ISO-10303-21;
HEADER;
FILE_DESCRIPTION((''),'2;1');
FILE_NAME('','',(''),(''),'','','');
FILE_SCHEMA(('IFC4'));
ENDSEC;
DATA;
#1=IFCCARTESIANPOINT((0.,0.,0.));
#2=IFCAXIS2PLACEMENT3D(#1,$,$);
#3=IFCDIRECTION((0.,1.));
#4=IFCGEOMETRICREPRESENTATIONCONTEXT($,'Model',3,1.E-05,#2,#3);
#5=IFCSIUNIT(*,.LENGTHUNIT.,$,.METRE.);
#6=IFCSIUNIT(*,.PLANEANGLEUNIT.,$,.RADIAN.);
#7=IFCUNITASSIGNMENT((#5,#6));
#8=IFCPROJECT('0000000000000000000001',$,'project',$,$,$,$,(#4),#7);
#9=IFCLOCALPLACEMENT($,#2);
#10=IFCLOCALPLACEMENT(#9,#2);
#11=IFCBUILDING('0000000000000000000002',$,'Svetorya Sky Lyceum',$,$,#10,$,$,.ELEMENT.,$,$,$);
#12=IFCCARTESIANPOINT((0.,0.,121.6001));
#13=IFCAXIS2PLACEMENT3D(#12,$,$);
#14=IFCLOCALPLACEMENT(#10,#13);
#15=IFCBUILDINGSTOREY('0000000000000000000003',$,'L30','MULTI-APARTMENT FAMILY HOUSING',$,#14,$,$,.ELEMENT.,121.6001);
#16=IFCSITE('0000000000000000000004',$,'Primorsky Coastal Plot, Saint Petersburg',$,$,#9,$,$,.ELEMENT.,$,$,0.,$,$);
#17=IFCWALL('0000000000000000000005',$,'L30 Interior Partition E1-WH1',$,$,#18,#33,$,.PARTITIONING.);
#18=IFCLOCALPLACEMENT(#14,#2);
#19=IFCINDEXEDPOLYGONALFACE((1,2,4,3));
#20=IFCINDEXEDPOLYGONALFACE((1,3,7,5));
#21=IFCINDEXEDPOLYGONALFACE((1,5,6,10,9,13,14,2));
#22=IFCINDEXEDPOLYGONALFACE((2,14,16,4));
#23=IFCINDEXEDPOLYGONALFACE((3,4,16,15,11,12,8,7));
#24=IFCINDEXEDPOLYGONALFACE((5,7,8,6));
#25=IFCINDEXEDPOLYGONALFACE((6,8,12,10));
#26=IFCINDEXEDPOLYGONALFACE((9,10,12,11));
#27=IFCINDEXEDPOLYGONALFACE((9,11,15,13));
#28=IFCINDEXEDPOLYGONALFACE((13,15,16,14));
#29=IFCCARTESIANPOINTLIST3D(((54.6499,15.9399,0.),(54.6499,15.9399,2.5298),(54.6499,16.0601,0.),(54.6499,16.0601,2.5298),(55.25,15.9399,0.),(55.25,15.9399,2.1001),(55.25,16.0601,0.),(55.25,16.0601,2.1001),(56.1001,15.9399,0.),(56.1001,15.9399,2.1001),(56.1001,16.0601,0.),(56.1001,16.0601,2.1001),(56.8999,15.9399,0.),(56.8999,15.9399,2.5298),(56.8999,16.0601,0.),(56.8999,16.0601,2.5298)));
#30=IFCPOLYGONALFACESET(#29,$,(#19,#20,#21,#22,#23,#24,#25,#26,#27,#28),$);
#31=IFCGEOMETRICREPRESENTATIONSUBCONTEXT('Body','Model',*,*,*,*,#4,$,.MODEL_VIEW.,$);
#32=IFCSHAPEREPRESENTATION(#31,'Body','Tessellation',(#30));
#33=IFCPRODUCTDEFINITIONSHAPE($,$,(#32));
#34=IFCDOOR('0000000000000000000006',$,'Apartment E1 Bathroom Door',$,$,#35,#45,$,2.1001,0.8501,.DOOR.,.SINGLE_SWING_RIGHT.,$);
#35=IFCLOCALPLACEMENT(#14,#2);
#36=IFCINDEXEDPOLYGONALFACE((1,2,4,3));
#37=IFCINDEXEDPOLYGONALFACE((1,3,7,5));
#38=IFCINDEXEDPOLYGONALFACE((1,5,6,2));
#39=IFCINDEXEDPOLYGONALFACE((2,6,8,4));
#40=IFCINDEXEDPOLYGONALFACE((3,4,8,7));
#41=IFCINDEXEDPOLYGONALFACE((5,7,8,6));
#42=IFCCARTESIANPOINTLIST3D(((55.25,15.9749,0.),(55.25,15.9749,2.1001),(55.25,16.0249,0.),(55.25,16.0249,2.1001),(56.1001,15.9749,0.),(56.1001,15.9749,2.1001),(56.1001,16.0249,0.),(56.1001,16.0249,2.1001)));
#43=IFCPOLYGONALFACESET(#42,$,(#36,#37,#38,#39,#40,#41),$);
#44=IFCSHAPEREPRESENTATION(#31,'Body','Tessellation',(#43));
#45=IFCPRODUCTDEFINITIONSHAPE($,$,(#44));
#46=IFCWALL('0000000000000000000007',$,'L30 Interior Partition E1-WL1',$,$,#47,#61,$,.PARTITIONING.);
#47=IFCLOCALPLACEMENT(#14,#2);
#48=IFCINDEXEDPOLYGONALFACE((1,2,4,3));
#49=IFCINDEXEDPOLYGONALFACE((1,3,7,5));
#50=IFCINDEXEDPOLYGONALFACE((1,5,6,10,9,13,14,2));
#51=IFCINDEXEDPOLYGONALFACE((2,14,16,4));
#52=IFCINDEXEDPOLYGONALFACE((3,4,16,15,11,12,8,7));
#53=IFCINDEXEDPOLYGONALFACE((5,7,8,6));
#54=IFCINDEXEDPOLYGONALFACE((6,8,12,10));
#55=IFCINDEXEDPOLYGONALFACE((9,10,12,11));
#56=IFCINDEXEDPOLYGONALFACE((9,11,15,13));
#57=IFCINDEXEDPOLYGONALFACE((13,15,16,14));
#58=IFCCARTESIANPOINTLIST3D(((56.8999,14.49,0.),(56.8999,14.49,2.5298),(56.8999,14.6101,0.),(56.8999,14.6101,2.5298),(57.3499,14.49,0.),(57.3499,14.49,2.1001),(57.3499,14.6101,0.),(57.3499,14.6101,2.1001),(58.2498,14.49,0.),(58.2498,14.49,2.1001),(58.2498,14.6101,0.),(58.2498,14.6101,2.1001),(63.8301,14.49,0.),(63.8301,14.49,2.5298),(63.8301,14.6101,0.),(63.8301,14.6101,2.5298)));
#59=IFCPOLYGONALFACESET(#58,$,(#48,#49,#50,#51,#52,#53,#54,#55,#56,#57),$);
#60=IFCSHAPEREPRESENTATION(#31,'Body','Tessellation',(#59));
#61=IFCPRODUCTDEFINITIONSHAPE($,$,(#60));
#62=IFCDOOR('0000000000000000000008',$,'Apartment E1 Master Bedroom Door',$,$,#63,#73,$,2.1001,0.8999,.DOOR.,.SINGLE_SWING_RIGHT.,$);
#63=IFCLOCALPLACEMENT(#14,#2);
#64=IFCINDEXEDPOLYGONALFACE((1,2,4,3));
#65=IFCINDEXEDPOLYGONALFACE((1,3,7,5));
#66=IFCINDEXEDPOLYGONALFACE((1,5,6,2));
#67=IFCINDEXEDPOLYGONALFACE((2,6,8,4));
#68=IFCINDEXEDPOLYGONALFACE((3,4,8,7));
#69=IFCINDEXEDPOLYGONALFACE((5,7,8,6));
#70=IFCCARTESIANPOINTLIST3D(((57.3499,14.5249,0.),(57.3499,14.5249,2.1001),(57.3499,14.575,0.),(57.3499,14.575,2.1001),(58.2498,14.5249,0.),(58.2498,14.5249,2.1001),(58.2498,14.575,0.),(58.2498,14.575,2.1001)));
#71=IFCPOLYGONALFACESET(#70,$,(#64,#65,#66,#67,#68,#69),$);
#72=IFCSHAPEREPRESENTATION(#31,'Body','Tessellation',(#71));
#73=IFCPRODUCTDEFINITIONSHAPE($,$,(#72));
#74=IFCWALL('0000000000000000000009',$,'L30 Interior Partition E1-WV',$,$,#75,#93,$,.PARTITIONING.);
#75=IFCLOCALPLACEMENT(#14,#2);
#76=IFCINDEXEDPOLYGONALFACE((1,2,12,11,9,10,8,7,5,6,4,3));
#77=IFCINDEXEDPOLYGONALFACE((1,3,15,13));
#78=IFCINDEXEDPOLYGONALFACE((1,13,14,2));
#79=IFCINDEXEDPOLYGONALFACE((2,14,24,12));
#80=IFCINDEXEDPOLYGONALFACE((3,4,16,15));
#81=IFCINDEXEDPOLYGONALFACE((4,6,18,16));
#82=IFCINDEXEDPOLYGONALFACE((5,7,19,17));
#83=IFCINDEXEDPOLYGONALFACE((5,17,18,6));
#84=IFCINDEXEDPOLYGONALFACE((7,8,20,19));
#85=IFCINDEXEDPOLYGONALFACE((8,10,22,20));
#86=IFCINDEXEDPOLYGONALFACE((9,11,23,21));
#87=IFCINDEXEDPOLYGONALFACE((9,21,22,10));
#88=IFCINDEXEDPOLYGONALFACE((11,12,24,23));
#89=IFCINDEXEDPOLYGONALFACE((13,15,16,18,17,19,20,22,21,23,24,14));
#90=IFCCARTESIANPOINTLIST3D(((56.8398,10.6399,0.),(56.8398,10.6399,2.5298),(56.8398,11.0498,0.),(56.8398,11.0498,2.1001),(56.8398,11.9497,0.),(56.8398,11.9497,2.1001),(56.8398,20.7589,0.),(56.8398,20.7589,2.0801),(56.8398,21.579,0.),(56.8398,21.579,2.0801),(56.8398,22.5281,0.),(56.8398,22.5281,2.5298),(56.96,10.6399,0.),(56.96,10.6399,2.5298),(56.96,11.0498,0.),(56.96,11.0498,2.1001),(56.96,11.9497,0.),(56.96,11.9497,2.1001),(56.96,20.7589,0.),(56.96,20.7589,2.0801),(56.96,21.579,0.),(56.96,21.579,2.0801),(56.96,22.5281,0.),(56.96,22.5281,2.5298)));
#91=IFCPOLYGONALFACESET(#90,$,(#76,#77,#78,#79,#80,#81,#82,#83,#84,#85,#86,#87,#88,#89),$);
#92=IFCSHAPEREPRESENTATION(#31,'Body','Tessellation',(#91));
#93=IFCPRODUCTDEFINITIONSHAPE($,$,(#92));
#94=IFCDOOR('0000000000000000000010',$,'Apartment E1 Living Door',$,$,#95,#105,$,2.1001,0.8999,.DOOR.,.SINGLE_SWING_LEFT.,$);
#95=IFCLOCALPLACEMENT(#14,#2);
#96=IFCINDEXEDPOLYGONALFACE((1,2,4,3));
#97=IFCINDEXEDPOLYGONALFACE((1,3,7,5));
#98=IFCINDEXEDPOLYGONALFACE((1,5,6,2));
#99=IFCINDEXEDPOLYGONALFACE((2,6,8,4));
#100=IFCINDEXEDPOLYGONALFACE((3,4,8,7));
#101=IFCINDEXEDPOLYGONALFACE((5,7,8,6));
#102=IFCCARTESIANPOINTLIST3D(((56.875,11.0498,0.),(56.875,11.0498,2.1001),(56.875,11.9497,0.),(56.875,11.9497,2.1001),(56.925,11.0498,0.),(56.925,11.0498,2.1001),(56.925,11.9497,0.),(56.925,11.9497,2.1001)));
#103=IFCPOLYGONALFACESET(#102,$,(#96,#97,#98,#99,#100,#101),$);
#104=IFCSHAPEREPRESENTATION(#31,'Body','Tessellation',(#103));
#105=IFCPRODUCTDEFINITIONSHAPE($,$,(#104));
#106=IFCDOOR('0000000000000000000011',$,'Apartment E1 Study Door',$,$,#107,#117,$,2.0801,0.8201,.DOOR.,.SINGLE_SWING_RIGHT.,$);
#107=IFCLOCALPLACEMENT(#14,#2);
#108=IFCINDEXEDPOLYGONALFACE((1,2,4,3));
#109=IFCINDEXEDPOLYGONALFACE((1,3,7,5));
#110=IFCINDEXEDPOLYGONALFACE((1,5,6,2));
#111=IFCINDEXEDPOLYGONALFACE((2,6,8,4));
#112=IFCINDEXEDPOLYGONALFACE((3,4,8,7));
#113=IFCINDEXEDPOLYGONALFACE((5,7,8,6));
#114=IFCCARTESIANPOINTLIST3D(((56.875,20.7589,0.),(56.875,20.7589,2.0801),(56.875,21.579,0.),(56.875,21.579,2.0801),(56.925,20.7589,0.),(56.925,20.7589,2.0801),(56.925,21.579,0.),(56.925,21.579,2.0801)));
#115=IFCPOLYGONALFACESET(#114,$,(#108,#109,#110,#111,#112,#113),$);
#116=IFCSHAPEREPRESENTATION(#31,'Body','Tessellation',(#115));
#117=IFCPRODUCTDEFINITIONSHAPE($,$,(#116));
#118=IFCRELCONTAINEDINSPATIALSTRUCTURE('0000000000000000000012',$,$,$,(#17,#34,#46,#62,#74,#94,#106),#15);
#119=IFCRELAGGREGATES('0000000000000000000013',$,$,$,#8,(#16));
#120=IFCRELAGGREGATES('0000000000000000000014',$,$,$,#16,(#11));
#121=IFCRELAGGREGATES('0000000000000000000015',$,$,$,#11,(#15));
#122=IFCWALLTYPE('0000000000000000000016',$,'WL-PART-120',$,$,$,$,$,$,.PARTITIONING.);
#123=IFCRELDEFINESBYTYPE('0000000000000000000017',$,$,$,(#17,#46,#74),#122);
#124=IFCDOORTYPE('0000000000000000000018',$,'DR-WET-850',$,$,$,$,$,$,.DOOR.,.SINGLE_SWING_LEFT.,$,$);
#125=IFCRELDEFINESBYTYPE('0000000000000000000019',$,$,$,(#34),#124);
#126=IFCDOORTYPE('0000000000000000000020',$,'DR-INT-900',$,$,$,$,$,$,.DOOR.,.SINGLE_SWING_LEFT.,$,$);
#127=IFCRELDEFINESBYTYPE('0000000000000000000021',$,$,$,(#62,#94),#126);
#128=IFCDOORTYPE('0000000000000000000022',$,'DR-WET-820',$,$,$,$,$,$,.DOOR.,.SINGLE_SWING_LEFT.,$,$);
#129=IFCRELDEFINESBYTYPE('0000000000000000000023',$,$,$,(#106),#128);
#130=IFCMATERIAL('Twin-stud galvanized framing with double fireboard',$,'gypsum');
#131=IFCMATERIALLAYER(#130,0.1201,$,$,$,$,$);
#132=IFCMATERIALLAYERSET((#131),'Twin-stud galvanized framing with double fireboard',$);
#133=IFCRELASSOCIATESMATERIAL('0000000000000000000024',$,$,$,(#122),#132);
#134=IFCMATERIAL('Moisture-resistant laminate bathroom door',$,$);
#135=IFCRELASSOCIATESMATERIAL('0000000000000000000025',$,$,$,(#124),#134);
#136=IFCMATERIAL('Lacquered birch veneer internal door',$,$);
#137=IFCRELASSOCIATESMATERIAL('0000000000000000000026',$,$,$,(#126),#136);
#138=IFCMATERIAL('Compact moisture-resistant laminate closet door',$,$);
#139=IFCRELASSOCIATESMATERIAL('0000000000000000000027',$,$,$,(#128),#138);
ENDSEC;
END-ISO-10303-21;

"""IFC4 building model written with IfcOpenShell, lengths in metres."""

from ifc_helpers import new_model, si_unit, direction, frame, frame_2d, origin, place, context, subcontext, project, spatial, rectangle, extrude, material, layer, layer_set, type_object, element, fill, save


model = new_model("IFC4")

# Units and contexts
model_context = context("Model", 3, precision=1e-05, world=origin(), true_north=direction((0.0, 1.0)))
body_context = subcontext(model_context, "Body", "Model", "MODEL_VIEW")
ifc_project = project(units=[si_unit("LENGTHUNIT", "METRE"), si_unit("PLANEANGLEUNIT", "RADIAN")], contexts=[model_context])

# Site, building, storey
site_placement = place(None, origin())
site = spatial("IfcSite", under=ifc_project, at=site_placement, Name="Primorsky Coastal Plot, Saint Petersburg", CompositionType="ELEMENT", RefElevation=0.0)
building_placement = place(site_placement, origin())
building = spatial("IfcBuilding", under=site, at=building_placement, Name="Svetorya Sky Lyceum", CompositionType="ELEMENT")
storey_placement = place(building_placement, frame((0.0, 0.0, 121.6001)))
storey = spatial("IfcBuildingStorey", under=building, at=storey_placement, Name="L30", Description="MULTI-APARTMENT FAMILY HOUSING", CompositionType="ELEMENT", Elevation=121.6001)

# Walls, openings, doors
ifc_material_1 = material(Name="Twin-stud galvanized framing with double fireboard", Category="gypsum")
ifc_layer_1 = layer(ifc_material_1, 0.1201)
ifc_layer_set_1 = layer_set([ifc_layer_1], Name="Twin-stud galvanized framing with double fireboard")
wall_type_1 = type_object("IfcWallType", Name="WL-PART-120", PredefinedType="PARTITIONING", material=ifc_layer_set_1)
wall_1_placement = place(storey_placement, frame((54.6499, 16.0, 0.0), z_axis=(0.0, 0.0, 1.0), x_axis=(1.0, 0.0, 0.0)))
wall_1 = element("IfcWall", 1, at=wall_1_placement, inside=storey, type_object=wall_type_1, Name="L30 Interior Partition E1-WH1", PredefinedType="PARTITIONING", context=body_context, shape_type="SweptSolid", body=[
    extrude(rectangle(XDim=2.25, YDim=0.1201, at=frame_2d((1.125, 0.0))), origin(), (0.0, 0.0, 1.0), 2.5298),
])
opening_1_placement = place(wall_1_placement, frame((0.6001, 0.0, 0.0)))
opening_1 = element("IfcOpeningElement", 2, at=opening_1_placement, cuts=wall_1, PredefinedType="OPENING", context=body_context, shape_type="SweptSolid", body=[
    extrude(rectangle(XDim=0.8501, YDim=2.1001, at=frame_2d((0.425, 1.05))), frame((0.0, 0.0701, 0.0), z_axis=(0.0, -1.0, 0.0), x_axis=(1.0, 0.0, 0.0)), (0.0, 0.0, 1.0), 0.1401),
])
ifc_material_2 = material(Name="Moisture-resistant laminate bathroom door")
door_type_1 = type_object("IfcDoorType", Name="DR-WET-850", OperationType="SINGLE_SWING_LEFT", PredefinedType="DOOR", material=ifc_material_2)
door_1_placement = place(opening_1_placement, origin())
door_1 = element("IfcDoor", 3, at=door_1_placement, inside=storey, type_object=door_type_1, Name="Apartment E1 Bathroom Door", OperationType="SINGLE_SWING_RIGHT", OverallHeight=2.1001, OverallWidth=0.8501, PredefinedType="DOOR", context=body_context, shape_type="SweptSolid", body=[
    extrude(rectangle(XDim=0.8501, YDim=2.1001, at=frame_2d((0.425, 1.05))), frame((0.0, 0.0249, 0.0), z_axis=(0.0, -1.0, 0.0), x_axis=(1.0, 0.0, 0.0)), (0.0, 0.0, 1.0), 0.05),
])
fill(opening_1, door_1)
wall_2_placement = place(storey_placement, frame((56.8999, 14.55, 0.0), z_axis=(0.0, 0.0, 1.0), x_axis=(1.0, 0.0, 0.0)))
wall_2 = element("IfcWall", 4, at=wall_2_placement, inside=storey, type_object=wall_type_1, Name="L30 Interior Partition E1-WL1", PredefinedType="PARTITIONING", context=body_context, shape_type="SweptSolid", body=[
    extrude(rectangle(XDim=6.9302, YDim=0.1201, at=frame_2d((3.4651, 0.0))), origin(), (0.0, 0.0, 1.0), 2.5298),
])
opening_2_placement = place(wall_2_placement, frame((0.45, 0.0, 0.0)))
opening_2 = element("IfcOpeningElement", 5, at=opening_2_placement, cuts=wall_2, PredefinedType="OPENING", context=body_context, shape_type="SweptSolid", body=[
    extrude(rectangle(XDim=0.8999, YDim=2.1001, at=frame_2d((0.45, 1.05))), frame((0.0, 0.0701, 0.0), z_axis=(0.0, -1.0, 0.0), x_axis=(1.0, 0.0, 0.0)), (0.0, 0.0, 1.0), 0.1401),
])
ifc_material_3 = material(Name="Lacquered birch veneer internal door")
door_type_2 = type_object("IfcDoorType", Name="DR-INT-900", OperationType="SINGLE_SWING_LEFT", PredefinedType="DOOR", material=ifc_material_3)
door_2_placement = place(opening_2_placement, origin())
door_2 = element("IfcDoor", 6, at=door_2_placement, inside=storey, type_object=door_type_2, Name="Apartment E1 Master Bedroom Door", OperationType="SINGLE_SWING_RIGHT", OverallHeight=2.1001, OverallWidth=0.8999, PredefinedType="DOOR", context=body_context, shape_type="SweptSolid", body=[
    extrude(rectangle(XDim=0.8999, YDim=2.1001, at=frame_2d((0.45, 1.05))), frame((0.0, 0.0249, 0.0), z_axis=(0.0, -1.0, 0.0), x_axis=(1.0, 0.0, 0.0)), (0.0, 0.0, 1.0), 0.05),
])
fill(opening_2, door_2)

# Wall, openings, doors
wall_3_placement = place(storey_placement, frame((56.8999, 10.6399, 0.0), z_axis=(0.0, 0.0, 1.0), x_axis=(0.0, 1.0, 0.0)))
wall_3 = element("IfcWall", 7, at=wall_3_placement, inside=storey, type_object=wall_type_1, Name="L30 Interior Partition E1-WV", PredefinedType="PARTITIONING", context=body_context, shape_type="SweptSolid", body=[
    extrude(rectangle(XDim=11.8882, YDim=0.1201, at=frame_2d((5.9441, 0.0))), origin(), (0.0, 0.0, 1.0), 2.5298),
])
opening_3_placement = place(wall_3_placement, frame((0.4099, 0.0, 0.0)))
opening_3 = element("IfcOpeningElement", 8, at=opening_3_placement, cuts=wall_3, PredefinedType="OPENING", context=body_context, shape_type="SweptSolid", body=[
    extrude(rectangle(XDim=0.8999, YDim=2.1001, at=frame_2d((0.45, 1.05))), frame((0.0, 0.0701, 0.0), z_axis=(0.0, -1.0, 0.0), x_axis=(1.0, 0.0, 0.0)), (0.0, 0.0, 1.0), 0.1401),
])
opening_4_placement = place(wall_3_placement, frame((10.1189, 0.0, 0.0)))
opening_4 = element("IfcOpeningElement", 9, at=opening_4_placement, cuts=wall_3, PredefinedType="OPENING", context=body_context, shape_type="SweptSolid", body=[
    extrude(rectangle(XDim=0.8201, YDim=2.0801, at=frame_2d((0.4102, 1.04))), frame((0.0, 0.0701, 0.0), z_axis=(0.0, -1.0, 0.0), x_axis=(1.0, 0.0, 0.0)), (0.0, 0.0, 1.0), 0.1401),
])
door_3_placement = place(opening_3_placement, origin())
door_3 = element("IfcDoor", 10, at=door_3_placement, inside=storey, type_object=door_type_2, Name="Apartment E1 Living Door", OperationType="SINGLE_SWING_LEFT", OverallHeight=2.1001, OverallWidth=0.8999, PredefinedType="DOOR", context=body_context, shape_type="SweptSolid", body=[
    extrude(rectangle(XDim=0.8999, YDim=2.1001, at=frame_2d((0.45, 1.05))), frame((0.0, 0.0249, 0.0), z_axis=(0.0, -1.0, 0.0), x_axis=(1.0, 0.0, 0.0)), (0.0, 0.0, 1.0), 0.05),
])
fill(opening_3, door_3)
ifc_material_4 = material(Name="Compact moisture-resistant laminate closet door")
door_type_3 = type_object("IfcDoorType", Name="DR-WET-820", OperationType="SINGLE_SWING_LEFT", PredefinedType="DOOR", material=ifc_material_4)
door_4_placement = place(opening_4_placement, origin())
door_4 = element("IfcDoor", 11, at=door_4_placement, inside=storey, type_object=door_type_3, Name="Apartment E1 Study Door", OperationType="SINGLE_SWING_RIGHT", OverallHeight=2.0801, OverallWidth=0.8201, PredefinedType="DOOR", context=body_context, shape_type="SweptSolid", body=[
    extrude(rectangle(XDim=0.8201, YDim=2.0801, at=frame_2d((0.4102, 1.04))), frame((0.0, 0.0249, 0.0), z_axis=(0.0, -1.0, 0.0), x_axis=(1.0, 0.0, 0.0)), (0.0, 0.0, 1.0), 0.05),
])
fill(opening_4, door_4)

save(model, "model.ifc")
